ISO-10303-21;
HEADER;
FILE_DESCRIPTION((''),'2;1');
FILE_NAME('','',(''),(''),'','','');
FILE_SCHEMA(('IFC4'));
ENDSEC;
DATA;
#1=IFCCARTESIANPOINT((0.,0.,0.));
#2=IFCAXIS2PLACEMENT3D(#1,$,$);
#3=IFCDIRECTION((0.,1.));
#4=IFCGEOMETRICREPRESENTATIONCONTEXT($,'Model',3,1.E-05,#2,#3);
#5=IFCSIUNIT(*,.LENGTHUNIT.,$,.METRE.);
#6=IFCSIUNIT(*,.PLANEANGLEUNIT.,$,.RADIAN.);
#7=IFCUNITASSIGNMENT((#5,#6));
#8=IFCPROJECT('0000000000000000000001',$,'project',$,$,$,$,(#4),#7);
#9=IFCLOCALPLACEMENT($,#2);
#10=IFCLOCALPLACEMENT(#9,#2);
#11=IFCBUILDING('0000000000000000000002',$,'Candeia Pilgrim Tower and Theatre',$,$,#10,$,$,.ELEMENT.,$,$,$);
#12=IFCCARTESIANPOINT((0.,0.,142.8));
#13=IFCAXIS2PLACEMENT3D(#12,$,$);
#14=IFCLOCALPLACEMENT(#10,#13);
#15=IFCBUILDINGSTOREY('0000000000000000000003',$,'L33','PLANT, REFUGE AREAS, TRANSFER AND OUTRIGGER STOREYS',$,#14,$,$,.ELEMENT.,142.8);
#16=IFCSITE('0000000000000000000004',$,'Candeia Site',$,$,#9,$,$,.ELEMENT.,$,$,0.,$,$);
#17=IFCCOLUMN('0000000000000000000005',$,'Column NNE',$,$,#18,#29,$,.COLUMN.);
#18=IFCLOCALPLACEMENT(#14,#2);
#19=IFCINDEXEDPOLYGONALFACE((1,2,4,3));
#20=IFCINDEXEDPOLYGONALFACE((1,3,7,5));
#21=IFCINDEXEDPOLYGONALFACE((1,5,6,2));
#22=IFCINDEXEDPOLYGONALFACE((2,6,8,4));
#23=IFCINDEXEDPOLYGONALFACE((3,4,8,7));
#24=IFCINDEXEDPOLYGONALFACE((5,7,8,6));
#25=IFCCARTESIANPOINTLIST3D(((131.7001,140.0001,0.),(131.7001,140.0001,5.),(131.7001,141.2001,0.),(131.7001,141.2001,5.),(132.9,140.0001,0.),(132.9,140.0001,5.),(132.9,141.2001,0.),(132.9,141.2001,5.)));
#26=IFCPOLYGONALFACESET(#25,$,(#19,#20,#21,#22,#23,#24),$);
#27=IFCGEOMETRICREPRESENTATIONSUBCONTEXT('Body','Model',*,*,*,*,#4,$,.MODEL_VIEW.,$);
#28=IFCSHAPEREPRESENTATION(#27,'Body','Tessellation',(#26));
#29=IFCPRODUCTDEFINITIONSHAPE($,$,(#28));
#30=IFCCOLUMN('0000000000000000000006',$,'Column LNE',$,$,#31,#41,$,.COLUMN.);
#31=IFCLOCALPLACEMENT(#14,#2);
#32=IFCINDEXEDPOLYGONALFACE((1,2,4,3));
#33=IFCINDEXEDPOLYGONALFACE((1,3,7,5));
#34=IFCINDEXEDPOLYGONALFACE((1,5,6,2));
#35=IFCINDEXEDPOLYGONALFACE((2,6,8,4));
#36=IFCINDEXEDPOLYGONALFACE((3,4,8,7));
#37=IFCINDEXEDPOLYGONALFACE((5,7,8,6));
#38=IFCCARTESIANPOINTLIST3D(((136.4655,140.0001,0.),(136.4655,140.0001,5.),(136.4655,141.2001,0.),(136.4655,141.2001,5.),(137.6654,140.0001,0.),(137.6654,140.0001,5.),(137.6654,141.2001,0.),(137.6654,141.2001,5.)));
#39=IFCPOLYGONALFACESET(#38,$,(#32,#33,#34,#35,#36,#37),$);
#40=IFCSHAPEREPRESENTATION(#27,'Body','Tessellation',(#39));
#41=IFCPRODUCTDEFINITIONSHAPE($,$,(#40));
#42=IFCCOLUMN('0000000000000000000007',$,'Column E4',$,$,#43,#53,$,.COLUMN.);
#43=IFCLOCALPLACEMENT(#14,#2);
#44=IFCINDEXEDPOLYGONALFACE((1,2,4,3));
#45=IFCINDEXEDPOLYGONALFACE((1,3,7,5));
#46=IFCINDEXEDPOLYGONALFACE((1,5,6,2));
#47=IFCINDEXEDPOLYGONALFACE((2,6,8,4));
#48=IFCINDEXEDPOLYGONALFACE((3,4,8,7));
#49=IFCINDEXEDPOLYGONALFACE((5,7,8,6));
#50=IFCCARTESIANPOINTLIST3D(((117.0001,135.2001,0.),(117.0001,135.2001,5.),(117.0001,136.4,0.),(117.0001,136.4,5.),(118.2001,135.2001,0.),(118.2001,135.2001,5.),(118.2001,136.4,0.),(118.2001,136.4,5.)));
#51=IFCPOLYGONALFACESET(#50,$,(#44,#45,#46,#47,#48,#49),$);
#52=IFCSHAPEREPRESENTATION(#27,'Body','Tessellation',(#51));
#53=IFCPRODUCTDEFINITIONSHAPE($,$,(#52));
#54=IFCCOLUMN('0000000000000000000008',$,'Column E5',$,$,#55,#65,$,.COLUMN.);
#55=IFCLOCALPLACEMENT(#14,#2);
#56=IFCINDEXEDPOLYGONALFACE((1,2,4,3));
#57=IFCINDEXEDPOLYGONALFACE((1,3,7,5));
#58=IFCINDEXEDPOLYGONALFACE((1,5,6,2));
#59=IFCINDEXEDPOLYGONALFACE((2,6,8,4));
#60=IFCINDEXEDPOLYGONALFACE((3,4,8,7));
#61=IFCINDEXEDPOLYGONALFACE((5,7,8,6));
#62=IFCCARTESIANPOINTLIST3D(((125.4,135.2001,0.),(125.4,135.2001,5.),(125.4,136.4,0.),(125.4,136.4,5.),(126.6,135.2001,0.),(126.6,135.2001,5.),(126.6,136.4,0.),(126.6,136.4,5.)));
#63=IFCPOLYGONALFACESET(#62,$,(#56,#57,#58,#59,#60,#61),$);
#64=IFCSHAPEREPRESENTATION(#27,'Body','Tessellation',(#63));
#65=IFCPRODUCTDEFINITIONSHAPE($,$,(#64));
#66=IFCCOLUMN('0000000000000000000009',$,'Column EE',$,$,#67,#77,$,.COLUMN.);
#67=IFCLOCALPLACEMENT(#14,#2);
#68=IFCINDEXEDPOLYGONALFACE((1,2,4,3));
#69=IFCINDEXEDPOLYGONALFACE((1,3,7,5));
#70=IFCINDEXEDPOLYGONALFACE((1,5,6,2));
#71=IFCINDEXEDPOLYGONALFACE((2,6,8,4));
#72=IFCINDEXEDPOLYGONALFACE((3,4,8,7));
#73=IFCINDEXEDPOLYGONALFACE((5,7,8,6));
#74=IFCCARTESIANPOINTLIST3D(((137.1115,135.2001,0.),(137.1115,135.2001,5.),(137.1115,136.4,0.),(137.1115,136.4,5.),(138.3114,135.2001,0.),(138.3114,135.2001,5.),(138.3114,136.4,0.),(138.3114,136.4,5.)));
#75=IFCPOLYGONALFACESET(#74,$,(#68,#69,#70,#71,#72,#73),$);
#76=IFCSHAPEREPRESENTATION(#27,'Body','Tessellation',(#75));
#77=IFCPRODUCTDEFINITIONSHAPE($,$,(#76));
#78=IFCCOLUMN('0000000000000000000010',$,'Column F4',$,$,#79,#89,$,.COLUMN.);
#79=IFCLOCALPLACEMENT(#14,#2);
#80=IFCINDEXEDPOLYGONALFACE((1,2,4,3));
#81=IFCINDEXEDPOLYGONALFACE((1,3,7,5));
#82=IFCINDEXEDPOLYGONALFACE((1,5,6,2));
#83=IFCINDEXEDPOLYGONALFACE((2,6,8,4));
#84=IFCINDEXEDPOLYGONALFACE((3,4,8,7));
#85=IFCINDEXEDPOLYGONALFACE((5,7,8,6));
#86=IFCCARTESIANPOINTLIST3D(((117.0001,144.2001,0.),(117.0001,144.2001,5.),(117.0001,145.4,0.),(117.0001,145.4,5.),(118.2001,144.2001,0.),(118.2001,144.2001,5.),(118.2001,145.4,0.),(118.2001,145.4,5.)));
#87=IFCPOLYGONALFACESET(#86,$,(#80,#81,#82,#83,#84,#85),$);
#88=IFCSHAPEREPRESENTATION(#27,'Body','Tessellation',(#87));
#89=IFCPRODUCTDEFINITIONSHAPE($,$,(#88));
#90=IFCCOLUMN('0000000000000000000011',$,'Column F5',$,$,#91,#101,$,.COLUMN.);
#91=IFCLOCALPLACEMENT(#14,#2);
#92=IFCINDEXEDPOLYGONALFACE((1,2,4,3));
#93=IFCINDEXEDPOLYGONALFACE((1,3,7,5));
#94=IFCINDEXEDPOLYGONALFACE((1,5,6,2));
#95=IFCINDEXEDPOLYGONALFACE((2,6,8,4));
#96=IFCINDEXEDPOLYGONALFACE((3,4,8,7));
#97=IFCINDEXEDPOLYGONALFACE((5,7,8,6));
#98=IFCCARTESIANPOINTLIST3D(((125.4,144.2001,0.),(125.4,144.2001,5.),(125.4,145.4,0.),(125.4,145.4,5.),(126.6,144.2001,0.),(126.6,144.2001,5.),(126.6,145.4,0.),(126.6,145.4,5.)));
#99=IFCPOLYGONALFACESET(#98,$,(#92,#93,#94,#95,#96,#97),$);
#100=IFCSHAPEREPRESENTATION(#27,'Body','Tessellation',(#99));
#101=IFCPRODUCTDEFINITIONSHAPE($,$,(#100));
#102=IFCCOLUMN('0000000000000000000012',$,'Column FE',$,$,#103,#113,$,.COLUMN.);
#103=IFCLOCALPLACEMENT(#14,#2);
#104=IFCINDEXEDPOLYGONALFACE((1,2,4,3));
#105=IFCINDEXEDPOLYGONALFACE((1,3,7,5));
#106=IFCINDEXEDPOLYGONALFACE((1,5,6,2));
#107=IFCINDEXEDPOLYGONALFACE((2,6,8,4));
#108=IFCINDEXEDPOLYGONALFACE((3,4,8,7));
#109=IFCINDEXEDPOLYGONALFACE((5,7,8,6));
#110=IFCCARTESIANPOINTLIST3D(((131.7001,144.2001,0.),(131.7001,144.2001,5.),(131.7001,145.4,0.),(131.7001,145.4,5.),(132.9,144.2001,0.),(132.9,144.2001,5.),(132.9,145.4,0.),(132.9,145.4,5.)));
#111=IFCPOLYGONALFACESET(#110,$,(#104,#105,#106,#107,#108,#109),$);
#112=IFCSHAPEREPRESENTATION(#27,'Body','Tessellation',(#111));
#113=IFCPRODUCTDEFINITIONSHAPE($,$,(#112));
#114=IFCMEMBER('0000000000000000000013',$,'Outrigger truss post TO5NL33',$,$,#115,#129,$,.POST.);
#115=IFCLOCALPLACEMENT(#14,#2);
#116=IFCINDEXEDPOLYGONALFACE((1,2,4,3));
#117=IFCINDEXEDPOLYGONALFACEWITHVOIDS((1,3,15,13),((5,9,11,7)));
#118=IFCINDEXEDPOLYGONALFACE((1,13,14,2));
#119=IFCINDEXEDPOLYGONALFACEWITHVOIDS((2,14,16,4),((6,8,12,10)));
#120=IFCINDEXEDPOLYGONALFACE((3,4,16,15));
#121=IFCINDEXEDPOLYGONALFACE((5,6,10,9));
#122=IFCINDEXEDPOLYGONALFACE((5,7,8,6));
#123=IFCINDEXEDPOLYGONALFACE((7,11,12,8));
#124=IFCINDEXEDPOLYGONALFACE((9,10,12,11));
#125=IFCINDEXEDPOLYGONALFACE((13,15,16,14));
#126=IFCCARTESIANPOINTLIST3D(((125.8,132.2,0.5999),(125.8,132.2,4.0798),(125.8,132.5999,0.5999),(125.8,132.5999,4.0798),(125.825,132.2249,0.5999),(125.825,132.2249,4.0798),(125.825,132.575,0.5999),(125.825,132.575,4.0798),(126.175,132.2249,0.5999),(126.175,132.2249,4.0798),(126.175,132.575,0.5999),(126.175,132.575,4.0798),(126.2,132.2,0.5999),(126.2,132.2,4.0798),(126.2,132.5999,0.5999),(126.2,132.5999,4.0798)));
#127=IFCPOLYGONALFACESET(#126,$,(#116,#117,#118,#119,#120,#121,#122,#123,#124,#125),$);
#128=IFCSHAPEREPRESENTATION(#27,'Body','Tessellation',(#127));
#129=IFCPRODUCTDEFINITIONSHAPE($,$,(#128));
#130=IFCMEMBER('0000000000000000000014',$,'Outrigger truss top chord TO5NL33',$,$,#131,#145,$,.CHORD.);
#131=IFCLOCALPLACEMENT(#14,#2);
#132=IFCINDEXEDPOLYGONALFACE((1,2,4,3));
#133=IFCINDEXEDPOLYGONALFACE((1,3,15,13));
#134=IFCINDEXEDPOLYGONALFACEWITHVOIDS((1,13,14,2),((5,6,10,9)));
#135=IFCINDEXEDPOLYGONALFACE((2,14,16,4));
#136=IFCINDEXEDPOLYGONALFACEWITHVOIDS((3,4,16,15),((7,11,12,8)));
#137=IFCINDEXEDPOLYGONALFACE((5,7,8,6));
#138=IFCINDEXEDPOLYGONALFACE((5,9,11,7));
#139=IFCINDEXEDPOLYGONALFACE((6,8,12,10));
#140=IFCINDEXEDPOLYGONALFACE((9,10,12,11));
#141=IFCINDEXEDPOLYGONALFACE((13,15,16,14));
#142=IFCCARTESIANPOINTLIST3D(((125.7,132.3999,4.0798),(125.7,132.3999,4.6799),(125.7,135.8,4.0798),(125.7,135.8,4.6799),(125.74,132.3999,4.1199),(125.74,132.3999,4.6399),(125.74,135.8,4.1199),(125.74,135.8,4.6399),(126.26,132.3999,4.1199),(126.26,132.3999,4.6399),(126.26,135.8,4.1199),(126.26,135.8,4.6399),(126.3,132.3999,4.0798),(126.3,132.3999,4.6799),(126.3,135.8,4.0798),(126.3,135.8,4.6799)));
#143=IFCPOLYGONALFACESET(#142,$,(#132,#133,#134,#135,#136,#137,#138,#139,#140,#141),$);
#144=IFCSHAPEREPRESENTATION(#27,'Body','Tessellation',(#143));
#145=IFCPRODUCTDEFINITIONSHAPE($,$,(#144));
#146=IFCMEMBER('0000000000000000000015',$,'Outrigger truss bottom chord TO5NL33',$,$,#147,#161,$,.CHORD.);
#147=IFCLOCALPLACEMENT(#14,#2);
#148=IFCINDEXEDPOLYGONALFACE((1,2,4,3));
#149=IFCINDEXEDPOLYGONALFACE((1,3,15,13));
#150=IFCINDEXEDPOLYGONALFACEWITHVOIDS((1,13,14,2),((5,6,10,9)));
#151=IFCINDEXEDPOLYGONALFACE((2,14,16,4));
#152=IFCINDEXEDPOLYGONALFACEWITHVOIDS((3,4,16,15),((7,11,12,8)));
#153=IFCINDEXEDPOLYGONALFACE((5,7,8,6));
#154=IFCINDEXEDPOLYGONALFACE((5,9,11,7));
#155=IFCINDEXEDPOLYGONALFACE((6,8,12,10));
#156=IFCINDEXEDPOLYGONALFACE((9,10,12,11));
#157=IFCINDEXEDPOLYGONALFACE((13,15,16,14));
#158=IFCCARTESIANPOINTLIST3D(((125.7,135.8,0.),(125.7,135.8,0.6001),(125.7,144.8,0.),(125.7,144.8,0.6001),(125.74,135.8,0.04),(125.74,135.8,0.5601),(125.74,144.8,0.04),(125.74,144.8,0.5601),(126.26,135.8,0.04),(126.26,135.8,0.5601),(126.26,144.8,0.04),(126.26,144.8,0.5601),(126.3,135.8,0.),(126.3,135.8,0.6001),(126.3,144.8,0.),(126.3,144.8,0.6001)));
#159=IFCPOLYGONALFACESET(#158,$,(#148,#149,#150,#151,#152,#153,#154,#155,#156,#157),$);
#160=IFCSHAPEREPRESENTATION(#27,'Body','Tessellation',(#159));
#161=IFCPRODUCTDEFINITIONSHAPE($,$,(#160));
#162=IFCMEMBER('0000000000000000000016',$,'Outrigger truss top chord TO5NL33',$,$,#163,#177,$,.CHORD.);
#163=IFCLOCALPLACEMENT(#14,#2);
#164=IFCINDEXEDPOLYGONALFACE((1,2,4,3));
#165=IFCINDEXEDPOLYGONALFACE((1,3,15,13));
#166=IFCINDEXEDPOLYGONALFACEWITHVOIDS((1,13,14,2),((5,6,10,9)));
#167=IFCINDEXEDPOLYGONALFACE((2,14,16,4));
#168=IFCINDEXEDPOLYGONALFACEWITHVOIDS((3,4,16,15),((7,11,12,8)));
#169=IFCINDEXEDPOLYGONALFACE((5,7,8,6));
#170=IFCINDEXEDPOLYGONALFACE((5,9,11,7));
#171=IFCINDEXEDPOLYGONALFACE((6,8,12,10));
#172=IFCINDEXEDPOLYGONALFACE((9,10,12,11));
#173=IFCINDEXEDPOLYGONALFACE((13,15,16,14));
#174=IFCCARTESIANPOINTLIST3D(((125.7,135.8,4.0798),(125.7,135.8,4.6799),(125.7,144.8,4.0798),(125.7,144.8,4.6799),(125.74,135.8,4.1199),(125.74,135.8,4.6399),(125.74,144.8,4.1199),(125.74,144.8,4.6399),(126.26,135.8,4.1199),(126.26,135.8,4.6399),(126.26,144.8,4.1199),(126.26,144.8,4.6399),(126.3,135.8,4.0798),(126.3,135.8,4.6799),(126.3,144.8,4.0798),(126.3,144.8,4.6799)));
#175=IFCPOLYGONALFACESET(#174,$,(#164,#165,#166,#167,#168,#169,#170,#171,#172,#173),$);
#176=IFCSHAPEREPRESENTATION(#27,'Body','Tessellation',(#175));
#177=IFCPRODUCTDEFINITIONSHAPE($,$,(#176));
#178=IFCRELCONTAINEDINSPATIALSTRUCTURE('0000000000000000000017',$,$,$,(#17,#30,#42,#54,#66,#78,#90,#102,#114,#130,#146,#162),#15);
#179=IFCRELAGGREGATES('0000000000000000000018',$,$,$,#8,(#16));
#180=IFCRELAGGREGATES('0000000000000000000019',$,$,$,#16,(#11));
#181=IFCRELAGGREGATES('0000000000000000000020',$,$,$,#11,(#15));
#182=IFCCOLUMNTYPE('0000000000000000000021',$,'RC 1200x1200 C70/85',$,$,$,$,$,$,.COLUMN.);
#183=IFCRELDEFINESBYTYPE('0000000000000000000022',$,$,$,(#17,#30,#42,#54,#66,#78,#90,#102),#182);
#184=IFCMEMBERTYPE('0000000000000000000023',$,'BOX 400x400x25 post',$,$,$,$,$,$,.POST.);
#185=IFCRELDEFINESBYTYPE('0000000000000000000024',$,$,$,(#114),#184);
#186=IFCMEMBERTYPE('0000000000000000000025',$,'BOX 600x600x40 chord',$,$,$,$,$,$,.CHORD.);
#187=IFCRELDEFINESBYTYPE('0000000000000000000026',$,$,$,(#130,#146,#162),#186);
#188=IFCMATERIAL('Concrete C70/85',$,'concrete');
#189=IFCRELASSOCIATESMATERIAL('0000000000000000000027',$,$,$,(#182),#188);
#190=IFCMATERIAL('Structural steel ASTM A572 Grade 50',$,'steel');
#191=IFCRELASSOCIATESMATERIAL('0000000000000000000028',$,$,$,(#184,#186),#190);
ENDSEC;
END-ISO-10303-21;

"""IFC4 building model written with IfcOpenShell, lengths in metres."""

from ifc_helpers import new_model, si_unit, direction, frame, origin, origin_2d, place, context, subcontext, project, spatial, rectangle, hollow_rectangle, extrude, material, material_profile, profile_set, type_object, element, save


model = new_model("IFC4")

# Units and contexts
model_context = context("Model", 3, precision=1e-05, world=origin(), true_north=direction((0.0, 1.0)))
body_context = subcontext(model_context, "Body", "Model", "MODEL_VIEW")
ifc_project = project(units=[si_unit("LENGTHUNIT", "METRE"), si_unit("PLANEANGLEUNIT", "RADIAN")], contexts=[model_context])

# Site, building, storey
site_placement = place(None, origin())
site = spatial("IfcSite", under=ifc_project, at=site_placement, Name="Candeia Site", CompositionType="ELEMENT", RefElevation=0.0)
building_placement = place(site_placement, origin())
building = spatial("IfcBuilding", under=site, at=building_placement, Name="Candeia Pilgrim Tower and Theatre", CompositionType="ELEMENT")
storey_placement = place(building_placement, frame((0.0, 0.0, 142.8)))
storey = spatial("IfcBuildingStorey", under=building, at=storey_placement, Name="L33", Description="PLANT, REFUGE AREAS, TRANSFER AND OUTRIGGER STOREYS", CompositionType="ELEMENT", Elevation=142.8)

# Columns
ifc_material_1 = material(Name="Concrete C70/85", Category="concrete")
ifc_material_profile_1 = material_profile(ifc_material_1, rectangle(XDim=1.2, YDim=1.2, at=origin_2d()))
ifc_profile_set_1 = profile_set([ifc_material_profile_1], Name="Concrete C70/85")
column_type = type_object("IfcColumnType", Name="RC 1200x1200 C70/85", PredefinedType="COLUMN", material=ifc_profile_set_1)
for number, where, z_axis, x_axis, name in (
    (1, (132.3, 140.6001, 0.0), (0.0, 0.0, 1.0), (1.0, 0.0, 0.0), "Column NNE"),
    (2, (137.0654, 140.6001, 0.0), (0.0, 0.0, 1.0), (1.0, 0.0, 0.0), "Column LNE"),
    (3, (117.6001, 135.8, 0.0), (0.0, 0.0, 1.0), (1.0, 0.0, 0.0), "Column E4"),
    (4, (126.0, 135.8, 0.0), (0.0, 0.0, 1.0), (1.0, 0.0, 0.0), "Column E5"),
    (5, (137.7114, 135.8, 0.0), (0.0, 0.0, 1.0), (1.0, 0.0, 0.0), "Column EE"),
    (6, (117.6001, 144.8, 0.0), (0.0, 0.0, 1.0), (1.0, 0.0, 0.0), "Column F4"),
    (7, (126.0, 144.8, 0.0), (0.0, 0.0, 1.0), (1.0, 0.0, 0.0), "Column F5"),
    (8, (132.3, 144.8, 0.0), (0.0, 0.0, 1.0), (1.0, 0.0, 0.0), "Column FE"),
):
    element("IfcColumn", number, at=place(storey_placement, frame(where, z_axis=z_axis, x_axis=x_axis)), inside=storey, type_object=column_type, Name=name, PredefinedType="COLUMN", context=body_context, shape_type="SweptSolid", body=[
        extrude(rectangle(XDim=1.2, YDim=1.2, at=origin_2d()), origin(), (0.0, 0.0, 1.0), 5.0),
    ])

# Members
ifc_material_2 = material(Name="Structural steel ASTM A572 Grade 50", Category="steel")
ifc_material_profile_2 = material_profile(ifc_material_2, hollow_rectangle(XDim=0.3999, YDim=0.3999, WallThickness=0.0249, at=origin_2d()))
ifc_profile_set_2 = profile_set([ifc_material_profile_2], Name="Structural steel ASTM A572 Grade 50")
member_type_1 = type_object("IfcMemberType", Name="BOX 400x400x25 post", PredefinedType="POST", material=ifc_profile_set_2)
member_1_placement = place(storey_placement, frame((126.0, 132.3999, 0.5999), z_axis=(0.0, 0.0, 1.0), x_axis=(1.0, 0.0, 0.0)))
element("IfcMember", 9, at=member_1_placement, inside=storey, type_object=member_type_1, Name="Outrigger truss post TO5NL33", PredefinedType="POST", context=body_context, shape_type="SweptSolid", body=[
    extrude(hollow_rectangle(XDim=0.3999, YDim=0.3999, WallThickness=0.0249, at=origin_2d()), origin(), (0.0, 0.0, 1.0), 3.48),
])
ifc_material_profile_3 = material_profile(ifc_material_2, hollow_rectangle(XDim=0.6001, YDim=0.6001, WallThickness=0.04, at=origin_2d()))
ifc_profile_set_3 = profile_set([ifc_material_profile_3], Name="Structural steel ASTM A572 Grade 50")
member_type_2 = type_object("IfcMemberType", Name="BOX 600x600x40 chord", PredefinedType="CHORD", material=ifc_profile_set_3)
member_2_placement = place(storey_placement, frame((126.0, 132.3999, 4.3799), z_axis=(0.0, 1.0, 0.0), x_axis=(-1.0, 0.0, 0.0)))
element("IfcMember", 10, at=member_2_placement, inside=storey, type_object=member_type_2, Name="Outrigger truss top chord TO5NL33", PredefinedType="CHORD", context=body_context, shape_type="SweptSolid", body=[
    extrude(hollow_rectangle(XDim=0.6001, YDim=0.6001, WallThickness=0.04, at=origin_2d()), origin(), (0.0, 0.0, 1.0), 3.4001),
])
for number, where, z_axis, x_axis, name in (
    (11, (126.0, 135.8, 0.3), (0.0, 1.0, 0.0), (-1.0, 0.0, 0.0), "Outrigger truss bottom chord TO5NL33"),
    (12, (126.0, 135.8, 4.3799), (0.0, 1.0, 0.0), (-1.0, 0.0, 0.0), "Outrigger truss top chord TO5NL33"),
):
    element("IfcMember", number, at=place(storey_placement, frame(where, z_axis=z_axis, x_axis=x_axis)), inside=storey, type_object=member_type_2, Name=name, PredefinedType="CHORD", context=body_context, shape_type="SweptSolid", body=[
        extrude(hollow_rectangle(XDim=0.6001, YDim=0.6001, WallThickness=0.04, at=origin_2d()), origin(), (0.0, 0.0, 1.0), 9.0),
    ])

save(model, "model.ifc")
